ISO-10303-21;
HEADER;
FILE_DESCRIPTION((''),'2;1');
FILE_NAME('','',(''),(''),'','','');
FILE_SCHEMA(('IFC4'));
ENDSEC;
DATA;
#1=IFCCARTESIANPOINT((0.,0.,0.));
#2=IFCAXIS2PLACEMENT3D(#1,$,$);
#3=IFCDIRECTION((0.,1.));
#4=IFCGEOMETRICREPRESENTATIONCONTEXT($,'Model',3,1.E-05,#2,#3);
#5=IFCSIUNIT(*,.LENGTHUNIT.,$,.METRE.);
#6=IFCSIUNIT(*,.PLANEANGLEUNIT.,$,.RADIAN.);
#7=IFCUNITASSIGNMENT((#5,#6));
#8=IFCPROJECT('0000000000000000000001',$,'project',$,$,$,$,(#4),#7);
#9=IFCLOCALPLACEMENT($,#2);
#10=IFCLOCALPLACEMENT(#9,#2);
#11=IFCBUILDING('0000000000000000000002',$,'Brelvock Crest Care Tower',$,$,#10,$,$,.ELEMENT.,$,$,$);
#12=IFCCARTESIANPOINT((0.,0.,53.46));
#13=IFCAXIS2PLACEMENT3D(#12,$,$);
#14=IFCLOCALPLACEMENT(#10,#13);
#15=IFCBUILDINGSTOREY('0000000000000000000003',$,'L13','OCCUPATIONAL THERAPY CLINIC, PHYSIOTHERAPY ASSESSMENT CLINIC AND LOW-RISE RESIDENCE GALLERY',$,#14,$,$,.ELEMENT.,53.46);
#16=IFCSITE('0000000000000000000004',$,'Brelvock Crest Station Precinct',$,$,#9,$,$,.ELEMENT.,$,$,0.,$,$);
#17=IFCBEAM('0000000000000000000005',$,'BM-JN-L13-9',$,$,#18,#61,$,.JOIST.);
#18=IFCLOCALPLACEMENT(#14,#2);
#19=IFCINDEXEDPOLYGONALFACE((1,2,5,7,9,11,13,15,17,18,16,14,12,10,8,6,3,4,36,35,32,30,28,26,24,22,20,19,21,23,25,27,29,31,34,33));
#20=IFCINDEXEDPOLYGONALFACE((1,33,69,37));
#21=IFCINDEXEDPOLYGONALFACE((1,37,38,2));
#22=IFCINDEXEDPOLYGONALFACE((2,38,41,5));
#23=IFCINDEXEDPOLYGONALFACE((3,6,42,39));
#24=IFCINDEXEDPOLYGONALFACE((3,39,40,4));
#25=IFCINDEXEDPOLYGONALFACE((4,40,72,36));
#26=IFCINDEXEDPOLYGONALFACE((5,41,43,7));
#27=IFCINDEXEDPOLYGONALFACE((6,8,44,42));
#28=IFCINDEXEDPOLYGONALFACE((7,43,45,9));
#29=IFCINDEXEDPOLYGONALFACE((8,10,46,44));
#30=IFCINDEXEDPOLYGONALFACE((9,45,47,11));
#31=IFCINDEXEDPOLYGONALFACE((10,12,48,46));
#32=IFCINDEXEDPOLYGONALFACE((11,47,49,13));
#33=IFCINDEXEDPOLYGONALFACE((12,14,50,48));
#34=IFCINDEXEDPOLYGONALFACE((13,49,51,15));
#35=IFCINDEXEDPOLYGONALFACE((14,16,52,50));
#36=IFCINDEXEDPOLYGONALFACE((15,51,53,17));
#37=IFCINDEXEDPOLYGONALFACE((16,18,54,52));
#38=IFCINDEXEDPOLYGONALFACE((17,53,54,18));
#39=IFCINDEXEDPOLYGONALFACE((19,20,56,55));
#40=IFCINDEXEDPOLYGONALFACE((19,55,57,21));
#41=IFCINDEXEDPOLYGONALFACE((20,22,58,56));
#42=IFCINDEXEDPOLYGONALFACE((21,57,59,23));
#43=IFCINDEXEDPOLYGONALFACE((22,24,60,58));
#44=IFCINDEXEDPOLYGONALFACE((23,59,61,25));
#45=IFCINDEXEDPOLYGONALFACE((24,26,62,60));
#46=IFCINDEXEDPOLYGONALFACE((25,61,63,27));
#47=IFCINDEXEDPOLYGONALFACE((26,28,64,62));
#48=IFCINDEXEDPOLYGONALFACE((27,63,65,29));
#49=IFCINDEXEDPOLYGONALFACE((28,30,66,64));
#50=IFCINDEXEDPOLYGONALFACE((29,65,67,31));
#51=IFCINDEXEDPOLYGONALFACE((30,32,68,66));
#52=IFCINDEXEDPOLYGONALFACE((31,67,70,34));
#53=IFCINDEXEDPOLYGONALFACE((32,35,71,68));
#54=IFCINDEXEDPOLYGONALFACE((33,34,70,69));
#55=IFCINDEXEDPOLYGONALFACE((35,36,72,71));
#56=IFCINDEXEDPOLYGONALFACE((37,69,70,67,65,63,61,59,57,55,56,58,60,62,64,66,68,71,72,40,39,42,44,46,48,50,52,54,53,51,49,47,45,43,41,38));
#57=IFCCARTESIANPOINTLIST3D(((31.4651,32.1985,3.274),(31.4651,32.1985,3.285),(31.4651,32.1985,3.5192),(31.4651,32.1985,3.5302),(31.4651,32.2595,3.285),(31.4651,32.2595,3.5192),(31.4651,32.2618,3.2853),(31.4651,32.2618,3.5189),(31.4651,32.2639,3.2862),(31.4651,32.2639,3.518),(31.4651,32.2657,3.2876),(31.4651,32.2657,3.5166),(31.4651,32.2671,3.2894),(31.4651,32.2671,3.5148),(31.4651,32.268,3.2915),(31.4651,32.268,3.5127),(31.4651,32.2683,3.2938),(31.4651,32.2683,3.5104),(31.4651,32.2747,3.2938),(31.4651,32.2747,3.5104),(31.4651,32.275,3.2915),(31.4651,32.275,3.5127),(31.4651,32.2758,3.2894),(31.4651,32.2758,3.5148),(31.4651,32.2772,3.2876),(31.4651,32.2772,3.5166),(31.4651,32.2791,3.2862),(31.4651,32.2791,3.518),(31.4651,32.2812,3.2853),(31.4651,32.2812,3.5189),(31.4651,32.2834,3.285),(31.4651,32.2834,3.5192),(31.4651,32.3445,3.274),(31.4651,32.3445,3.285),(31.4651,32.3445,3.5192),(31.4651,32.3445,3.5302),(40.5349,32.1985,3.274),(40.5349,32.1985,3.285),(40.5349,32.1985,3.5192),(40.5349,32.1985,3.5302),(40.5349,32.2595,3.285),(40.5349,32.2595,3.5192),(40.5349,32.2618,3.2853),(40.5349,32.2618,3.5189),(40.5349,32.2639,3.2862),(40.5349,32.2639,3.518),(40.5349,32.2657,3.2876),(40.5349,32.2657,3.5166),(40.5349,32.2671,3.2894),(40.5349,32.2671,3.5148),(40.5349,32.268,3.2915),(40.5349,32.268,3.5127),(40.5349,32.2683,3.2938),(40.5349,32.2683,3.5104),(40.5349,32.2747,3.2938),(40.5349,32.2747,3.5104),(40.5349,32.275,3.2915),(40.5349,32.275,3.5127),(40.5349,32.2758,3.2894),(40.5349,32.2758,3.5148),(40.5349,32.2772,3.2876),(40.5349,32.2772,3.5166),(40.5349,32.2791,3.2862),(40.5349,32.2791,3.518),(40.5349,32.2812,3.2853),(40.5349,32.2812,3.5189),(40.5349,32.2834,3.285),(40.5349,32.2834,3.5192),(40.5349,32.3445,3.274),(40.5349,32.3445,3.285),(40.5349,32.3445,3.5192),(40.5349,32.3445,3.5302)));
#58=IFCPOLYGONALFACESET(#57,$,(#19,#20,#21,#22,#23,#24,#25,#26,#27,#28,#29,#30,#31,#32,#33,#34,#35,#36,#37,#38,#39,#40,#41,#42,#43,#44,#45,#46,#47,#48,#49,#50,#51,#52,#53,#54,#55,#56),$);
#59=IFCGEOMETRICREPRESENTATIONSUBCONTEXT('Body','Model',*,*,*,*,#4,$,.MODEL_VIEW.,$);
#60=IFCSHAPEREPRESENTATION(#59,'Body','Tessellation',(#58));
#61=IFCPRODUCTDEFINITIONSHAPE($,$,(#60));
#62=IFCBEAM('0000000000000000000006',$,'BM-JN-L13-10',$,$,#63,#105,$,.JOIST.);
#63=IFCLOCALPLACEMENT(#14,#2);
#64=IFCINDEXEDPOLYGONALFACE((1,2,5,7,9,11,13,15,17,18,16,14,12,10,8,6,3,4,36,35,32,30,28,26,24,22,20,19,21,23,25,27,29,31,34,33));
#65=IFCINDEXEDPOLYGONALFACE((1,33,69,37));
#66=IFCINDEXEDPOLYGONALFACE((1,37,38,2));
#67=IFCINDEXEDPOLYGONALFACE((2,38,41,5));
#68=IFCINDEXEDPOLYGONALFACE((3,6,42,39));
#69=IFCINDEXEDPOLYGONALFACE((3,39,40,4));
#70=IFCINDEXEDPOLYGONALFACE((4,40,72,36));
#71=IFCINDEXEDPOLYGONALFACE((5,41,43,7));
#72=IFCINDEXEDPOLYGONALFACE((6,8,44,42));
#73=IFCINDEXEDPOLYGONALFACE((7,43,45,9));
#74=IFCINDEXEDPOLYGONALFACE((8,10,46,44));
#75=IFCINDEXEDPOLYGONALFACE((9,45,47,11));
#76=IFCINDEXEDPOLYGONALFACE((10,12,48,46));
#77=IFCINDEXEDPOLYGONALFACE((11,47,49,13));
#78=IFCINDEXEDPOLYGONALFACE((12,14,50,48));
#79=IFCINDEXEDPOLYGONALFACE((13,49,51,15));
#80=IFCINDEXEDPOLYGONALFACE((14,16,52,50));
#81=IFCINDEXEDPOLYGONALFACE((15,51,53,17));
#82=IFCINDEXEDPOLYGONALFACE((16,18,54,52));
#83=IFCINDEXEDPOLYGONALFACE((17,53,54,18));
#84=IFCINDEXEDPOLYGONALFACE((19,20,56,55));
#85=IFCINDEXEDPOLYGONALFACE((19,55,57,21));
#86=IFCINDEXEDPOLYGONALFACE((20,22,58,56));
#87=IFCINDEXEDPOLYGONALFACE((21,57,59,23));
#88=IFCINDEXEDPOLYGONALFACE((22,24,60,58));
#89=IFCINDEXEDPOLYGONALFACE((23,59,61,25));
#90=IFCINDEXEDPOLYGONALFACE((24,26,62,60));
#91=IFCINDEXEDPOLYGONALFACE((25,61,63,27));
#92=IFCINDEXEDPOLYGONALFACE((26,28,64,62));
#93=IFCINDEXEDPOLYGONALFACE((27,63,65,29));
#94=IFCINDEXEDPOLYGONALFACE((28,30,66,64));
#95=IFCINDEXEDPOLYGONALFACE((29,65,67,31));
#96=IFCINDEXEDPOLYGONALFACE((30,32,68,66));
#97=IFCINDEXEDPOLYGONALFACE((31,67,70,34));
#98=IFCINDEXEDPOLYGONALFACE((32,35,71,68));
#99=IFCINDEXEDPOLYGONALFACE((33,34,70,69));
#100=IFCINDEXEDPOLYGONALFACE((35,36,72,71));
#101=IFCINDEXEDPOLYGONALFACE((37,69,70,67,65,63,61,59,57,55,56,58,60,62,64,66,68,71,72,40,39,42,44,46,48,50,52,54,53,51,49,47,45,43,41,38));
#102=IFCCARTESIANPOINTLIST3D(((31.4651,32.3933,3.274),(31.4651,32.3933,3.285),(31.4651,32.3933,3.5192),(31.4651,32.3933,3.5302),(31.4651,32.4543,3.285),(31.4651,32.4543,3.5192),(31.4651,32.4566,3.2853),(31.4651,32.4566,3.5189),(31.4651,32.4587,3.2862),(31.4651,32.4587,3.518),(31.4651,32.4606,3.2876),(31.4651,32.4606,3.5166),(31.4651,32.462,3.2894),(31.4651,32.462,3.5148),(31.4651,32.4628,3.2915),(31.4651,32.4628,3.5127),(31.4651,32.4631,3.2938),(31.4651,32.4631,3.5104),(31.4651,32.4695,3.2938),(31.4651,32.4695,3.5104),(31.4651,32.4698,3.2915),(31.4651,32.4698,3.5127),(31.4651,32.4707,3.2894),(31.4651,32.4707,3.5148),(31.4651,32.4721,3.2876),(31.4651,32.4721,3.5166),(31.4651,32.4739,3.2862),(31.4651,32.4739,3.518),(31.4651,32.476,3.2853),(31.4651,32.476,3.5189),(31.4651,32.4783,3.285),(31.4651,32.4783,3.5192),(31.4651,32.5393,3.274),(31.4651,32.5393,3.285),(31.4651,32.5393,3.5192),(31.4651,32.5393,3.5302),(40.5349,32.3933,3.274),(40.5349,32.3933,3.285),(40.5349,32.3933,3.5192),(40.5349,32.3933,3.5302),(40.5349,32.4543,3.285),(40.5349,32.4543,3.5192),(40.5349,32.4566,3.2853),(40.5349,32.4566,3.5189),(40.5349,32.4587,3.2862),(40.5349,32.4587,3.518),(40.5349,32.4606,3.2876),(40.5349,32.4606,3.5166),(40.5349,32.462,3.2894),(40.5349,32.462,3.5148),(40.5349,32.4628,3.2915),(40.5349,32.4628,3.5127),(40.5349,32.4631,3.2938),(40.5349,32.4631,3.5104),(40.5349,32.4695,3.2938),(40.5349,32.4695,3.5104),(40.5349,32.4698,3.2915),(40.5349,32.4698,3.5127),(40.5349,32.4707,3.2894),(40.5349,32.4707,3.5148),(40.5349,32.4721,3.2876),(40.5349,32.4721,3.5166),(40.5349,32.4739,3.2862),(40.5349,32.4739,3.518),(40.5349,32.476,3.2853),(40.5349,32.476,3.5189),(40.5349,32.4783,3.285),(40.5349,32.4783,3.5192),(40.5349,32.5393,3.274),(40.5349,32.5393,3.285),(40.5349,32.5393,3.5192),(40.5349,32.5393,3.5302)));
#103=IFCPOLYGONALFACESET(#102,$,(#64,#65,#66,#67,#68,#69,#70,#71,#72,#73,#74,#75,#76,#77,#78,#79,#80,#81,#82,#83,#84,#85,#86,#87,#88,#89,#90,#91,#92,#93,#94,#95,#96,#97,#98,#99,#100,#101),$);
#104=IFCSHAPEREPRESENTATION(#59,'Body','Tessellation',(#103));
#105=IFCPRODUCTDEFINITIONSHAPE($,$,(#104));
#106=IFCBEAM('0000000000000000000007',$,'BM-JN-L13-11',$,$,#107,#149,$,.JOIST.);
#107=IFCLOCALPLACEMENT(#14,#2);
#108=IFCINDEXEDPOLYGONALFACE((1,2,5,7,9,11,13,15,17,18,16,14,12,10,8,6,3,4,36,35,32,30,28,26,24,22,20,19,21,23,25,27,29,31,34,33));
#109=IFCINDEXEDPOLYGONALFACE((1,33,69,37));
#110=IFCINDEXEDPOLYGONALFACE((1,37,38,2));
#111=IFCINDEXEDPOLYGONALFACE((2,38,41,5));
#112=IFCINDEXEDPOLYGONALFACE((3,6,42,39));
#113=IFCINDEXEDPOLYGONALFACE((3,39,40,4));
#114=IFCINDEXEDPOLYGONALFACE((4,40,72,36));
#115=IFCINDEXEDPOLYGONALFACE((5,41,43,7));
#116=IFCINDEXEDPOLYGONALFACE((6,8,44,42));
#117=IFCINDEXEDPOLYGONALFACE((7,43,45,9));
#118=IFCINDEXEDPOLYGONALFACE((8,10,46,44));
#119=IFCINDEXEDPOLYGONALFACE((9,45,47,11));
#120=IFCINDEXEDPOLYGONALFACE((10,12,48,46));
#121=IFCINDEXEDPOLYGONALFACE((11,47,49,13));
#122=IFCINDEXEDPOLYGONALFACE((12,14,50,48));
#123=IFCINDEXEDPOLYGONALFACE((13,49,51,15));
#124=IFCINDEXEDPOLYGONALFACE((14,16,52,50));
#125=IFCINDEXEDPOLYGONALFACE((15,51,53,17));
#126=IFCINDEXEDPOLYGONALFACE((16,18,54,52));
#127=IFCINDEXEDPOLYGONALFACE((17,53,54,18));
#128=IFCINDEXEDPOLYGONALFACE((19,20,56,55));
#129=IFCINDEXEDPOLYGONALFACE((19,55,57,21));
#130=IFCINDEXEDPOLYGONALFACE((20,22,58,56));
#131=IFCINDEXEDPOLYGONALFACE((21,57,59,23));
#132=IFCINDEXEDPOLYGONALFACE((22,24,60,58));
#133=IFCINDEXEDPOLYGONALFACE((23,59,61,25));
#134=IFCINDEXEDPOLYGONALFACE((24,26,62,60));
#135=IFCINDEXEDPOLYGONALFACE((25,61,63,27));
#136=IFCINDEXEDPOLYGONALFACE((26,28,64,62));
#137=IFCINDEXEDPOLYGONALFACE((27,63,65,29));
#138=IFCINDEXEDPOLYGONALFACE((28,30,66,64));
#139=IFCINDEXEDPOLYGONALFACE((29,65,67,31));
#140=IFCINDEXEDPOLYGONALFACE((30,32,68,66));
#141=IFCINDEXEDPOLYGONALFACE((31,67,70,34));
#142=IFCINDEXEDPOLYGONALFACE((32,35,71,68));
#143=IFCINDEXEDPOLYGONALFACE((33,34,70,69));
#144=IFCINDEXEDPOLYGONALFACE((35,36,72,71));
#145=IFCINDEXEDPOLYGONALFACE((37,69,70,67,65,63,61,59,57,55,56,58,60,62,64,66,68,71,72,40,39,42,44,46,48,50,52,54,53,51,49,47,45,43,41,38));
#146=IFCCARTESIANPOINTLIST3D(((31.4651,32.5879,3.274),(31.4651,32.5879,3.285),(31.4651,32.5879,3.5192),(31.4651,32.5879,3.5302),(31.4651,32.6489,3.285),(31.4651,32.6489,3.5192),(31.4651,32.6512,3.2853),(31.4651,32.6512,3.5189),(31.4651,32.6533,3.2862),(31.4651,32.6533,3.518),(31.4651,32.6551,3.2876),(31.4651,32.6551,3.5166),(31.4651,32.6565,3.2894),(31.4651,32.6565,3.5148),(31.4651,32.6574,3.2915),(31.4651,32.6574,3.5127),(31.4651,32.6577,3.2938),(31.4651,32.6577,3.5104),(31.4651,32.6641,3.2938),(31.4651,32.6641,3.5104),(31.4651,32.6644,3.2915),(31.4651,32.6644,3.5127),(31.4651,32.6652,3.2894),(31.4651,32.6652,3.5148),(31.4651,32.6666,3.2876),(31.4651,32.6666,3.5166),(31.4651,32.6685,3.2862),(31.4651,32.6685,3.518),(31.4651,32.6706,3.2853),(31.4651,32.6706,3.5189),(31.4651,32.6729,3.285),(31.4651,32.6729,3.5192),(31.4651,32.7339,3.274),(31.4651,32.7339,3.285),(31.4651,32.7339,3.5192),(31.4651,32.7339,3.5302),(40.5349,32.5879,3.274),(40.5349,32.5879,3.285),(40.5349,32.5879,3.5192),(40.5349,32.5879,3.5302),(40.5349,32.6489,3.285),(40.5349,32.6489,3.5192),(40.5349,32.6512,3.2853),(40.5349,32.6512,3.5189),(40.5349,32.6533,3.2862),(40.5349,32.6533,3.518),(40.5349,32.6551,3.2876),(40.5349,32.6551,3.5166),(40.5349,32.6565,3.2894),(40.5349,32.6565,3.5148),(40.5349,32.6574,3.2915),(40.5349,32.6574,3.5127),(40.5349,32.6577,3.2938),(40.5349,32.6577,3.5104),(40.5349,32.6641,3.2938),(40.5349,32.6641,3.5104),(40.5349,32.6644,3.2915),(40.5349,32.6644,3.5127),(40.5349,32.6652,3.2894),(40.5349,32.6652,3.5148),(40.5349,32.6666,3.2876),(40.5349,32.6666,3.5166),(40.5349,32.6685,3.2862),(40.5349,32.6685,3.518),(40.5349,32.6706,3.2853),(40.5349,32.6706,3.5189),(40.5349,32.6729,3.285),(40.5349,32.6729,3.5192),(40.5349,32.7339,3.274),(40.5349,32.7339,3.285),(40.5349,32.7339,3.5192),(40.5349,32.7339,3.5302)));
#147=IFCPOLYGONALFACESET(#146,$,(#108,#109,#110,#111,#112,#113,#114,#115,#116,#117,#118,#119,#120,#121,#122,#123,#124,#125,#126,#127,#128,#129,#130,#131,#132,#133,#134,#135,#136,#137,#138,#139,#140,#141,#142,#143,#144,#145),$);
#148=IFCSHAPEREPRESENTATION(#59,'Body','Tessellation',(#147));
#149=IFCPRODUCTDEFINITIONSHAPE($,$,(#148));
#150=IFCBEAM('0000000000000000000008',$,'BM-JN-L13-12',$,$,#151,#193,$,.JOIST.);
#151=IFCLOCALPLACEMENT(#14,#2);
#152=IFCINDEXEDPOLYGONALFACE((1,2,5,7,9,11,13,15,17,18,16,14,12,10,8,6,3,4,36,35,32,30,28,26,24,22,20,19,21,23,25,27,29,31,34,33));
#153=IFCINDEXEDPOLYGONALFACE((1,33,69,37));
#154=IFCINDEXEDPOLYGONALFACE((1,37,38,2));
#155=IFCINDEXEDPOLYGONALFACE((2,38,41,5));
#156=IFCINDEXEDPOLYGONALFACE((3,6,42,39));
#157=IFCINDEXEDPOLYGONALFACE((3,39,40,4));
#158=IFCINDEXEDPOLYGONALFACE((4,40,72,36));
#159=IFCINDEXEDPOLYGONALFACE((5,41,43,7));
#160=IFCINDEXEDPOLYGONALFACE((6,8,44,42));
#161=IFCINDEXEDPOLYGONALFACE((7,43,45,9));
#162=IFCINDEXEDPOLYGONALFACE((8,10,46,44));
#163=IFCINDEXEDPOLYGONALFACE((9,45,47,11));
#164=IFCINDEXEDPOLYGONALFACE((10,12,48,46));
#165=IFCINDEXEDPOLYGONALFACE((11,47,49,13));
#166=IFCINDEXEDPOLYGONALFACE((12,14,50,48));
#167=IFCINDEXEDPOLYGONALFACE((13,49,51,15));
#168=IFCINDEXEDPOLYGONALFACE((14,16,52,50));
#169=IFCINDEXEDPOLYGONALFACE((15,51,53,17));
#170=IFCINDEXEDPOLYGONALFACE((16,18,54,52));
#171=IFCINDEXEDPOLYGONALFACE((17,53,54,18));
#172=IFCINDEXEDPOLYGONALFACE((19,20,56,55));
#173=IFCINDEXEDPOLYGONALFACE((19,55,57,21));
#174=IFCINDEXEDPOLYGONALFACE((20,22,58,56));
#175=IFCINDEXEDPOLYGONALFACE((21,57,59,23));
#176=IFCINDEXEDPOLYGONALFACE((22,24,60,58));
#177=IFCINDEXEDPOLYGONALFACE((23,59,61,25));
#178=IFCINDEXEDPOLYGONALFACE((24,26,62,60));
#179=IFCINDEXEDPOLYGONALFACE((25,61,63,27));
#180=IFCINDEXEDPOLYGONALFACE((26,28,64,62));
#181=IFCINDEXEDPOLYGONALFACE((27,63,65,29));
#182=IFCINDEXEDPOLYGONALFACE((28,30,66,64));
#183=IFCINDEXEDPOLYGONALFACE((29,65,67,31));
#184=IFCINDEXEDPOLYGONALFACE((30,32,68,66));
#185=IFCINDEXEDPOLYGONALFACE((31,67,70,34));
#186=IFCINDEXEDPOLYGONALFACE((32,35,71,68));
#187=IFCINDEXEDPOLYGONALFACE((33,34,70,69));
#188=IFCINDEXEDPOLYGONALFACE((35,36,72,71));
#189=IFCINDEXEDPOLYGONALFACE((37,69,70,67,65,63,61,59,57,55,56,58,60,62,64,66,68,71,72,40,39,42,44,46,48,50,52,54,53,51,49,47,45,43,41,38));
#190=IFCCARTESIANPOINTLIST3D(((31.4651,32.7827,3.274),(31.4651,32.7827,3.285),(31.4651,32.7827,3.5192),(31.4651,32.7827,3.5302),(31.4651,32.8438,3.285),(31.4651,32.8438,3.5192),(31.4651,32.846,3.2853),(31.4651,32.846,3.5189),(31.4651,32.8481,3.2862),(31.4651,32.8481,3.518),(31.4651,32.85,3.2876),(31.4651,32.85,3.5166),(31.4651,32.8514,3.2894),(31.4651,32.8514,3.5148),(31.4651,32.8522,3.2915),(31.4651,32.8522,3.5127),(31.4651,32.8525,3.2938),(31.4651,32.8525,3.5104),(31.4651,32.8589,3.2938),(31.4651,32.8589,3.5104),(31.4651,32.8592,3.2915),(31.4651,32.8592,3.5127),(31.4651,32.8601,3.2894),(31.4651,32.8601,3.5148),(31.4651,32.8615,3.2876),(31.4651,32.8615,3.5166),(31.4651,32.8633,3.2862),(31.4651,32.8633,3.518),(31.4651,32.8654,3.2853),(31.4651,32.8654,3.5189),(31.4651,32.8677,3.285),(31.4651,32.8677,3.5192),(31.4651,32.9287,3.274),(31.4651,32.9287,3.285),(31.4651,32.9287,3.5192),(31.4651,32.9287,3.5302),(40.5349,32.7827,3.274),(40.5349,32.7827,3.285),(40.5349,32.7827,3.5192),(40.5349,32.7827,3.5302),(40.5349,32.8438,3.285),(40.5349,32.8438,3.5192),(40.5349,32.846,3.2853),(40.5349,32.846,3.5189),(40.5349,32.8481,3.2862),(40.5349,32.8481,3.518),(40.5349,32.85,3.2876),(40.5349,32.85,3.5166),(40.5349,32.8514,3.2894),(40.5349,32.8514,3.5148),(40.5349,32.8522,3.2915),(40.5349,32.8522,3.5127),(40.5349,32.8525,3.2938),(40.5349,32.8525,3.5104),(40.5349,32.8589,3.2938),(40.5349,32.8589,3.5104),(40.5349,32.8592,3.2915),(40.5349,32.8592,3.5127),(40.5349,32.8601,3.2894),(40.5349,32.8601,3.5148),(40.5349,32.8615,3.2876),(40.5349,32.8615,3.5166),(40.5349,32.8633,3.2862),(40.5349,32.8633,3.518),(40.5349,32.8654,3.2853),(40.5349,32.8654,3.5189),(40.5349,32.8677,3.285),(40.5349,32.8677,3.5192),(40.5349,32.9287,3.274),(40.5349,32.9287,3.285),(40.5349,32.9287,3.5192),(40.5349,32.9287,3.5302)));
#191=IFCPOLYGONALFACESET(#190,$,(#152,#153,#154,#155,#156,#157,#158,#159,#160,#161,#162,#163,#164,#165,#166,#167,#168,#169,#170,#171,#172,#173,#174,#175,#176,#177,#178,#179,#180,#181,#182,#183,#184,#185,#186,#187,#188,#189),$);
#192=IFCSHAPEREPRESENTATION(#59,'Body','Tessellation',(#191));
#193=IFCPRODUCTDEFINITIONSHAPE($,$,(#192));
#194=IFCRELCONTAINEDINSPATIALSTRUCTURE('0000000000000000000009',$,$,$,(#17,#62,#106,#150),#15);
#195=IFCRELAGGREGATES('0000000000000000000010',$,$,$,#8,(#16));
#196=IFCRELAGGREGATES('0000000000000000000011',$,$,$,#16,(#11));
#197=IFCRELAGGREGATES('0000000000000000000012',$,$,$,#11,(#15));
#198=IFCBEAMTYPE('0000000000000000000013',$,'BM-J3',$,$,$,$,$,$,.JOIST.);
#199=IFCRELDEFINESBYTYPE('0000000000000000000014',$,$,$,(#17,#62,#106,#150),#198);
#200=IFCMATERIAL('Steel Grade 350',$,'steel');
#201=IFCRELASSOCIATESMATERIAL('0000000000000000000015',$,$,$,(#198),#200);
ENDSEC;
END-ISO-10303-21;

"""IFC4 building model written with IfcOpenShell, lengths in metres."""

from ifc_helpers import new_model, si_unit, direction, frame, origin, origin_2d, place, context, subcontext, project, spatial, i_section, extrude, source, transform, mapped, material, material_profile, profile_set, type_object, element, save


model = new_model("IFC4")

# Units and contexts
model_context = context("Model", 3, precision=1e-05, world=origin(), true_north=direction((0.0, 1.0)))
body_context = subcontext(model_context, "Body", "Model", "MODEL_VIEW")
ifc_project = project(units=[si_unit("LENGTHUNIT", "METRE"), si_unit("PLANEANGLEUNIT", "RADIAN")], contexts=[model_context])

# Site, building, storey
site_placement = place(None, origin())
site = spatial("IfcSite", under=ifc_project, at=site_placement, Name="Brelvock Crest Station Precinct", CompositionType="ELEMENT", RefElevation=0.0)
building_placement = place(site_placement, origin())
building = spatial("IfcBuilding", under=site, at=building_placement, Name="Brelvock Crest Care Tower", CompositionType="ELEMENT")
storey_placement = place(building_placement, frame((0.0, 0.0, 53.46)))
storey = spatial("IfcBuildingStorey", under=building, at=storey_placement, Name="L13", Description="OCCUPATIONAL THERAPY CLINIC, PHYSIOTHERAPY ASSESSMENT CLINIC AND LOW-RISE RESIDENCE GALLERY", CompositionType="ELEMENT", Elevation=53.46)

# Beams
ifc_material_1 = material(Name="Steel Grade 350", Category="steel")
ifc_material_profile = material_profile(ifc_material_1, i_section(OverallWidth=0.146, OverallDepth=0.2561, WebThickness=0.0063, FlangeThickness=0.011, FilletRadius=0.0088, at=origin_2d()), Name="250UB37.3")
ifc_profile_set = profile_set([ifc_material_profile], Name="Steel Grade 350")
beam_type = type_object("IfcBeamType", Name="BM-J3", PredefinedType="JOIST", material=ifc_profile_set)
shared_shape_1 = source(origin(), body_context, "Body", "SweptSolid", [
    extrude(i_section(OverallWidth=0.146, OverallDepth=0.2561, WebThickness=0.0063, FlangeThickness=0.011, FilletRadius=0.0088, at=origin_2d()), origin(), (0.0, 0.0, 1.0), 9.0698),
])
for number, where, z_axis, x_axis, name in (
    (1, (31.4651, 32.2715, 3.4021), (1.0, 0.0, 0.0), (0.0, 1.0, 0.0), "BM-JN-L13-9"),
    (2, (31.4651, 32.4663, 3.4021), (1.0, 0.0, 0.0), (0.0, 1.0, 0.0), "BM-JN-L13-10"),
    (3, (31.4651, 32.6609, 3.4021), (1.0, 0.0, 0.0), (0.0, 1.0, 0.0), "BM-JN-L13-11"),
    (4, (31.4651, 32.8557, 3.4021), (1.0, 0.0, 0.0), (0.0, 1.0, 0.0), "BM-JN-L13-12"),
):
    element("IfcBeam", number, at=place(storey_placement, frame(where, z_axis=z_axis, x_axis=x_axis)), inside=storey, type_object=beam_type, Name=name, PredefinedType="JOIST", context=body_context, shape_type="MappedRepresentation", body=[
        mapped(shared_shape_1, transform((0.0, 0.0, 0.0), x_axis=(1.0, 0.0, 0.0), y_axis=(0.0, 1.0, 0.0), z_axis=(0.0, 0.0, 1.0), scale=1.0)),
    ])

save(model, "model.ifc")
